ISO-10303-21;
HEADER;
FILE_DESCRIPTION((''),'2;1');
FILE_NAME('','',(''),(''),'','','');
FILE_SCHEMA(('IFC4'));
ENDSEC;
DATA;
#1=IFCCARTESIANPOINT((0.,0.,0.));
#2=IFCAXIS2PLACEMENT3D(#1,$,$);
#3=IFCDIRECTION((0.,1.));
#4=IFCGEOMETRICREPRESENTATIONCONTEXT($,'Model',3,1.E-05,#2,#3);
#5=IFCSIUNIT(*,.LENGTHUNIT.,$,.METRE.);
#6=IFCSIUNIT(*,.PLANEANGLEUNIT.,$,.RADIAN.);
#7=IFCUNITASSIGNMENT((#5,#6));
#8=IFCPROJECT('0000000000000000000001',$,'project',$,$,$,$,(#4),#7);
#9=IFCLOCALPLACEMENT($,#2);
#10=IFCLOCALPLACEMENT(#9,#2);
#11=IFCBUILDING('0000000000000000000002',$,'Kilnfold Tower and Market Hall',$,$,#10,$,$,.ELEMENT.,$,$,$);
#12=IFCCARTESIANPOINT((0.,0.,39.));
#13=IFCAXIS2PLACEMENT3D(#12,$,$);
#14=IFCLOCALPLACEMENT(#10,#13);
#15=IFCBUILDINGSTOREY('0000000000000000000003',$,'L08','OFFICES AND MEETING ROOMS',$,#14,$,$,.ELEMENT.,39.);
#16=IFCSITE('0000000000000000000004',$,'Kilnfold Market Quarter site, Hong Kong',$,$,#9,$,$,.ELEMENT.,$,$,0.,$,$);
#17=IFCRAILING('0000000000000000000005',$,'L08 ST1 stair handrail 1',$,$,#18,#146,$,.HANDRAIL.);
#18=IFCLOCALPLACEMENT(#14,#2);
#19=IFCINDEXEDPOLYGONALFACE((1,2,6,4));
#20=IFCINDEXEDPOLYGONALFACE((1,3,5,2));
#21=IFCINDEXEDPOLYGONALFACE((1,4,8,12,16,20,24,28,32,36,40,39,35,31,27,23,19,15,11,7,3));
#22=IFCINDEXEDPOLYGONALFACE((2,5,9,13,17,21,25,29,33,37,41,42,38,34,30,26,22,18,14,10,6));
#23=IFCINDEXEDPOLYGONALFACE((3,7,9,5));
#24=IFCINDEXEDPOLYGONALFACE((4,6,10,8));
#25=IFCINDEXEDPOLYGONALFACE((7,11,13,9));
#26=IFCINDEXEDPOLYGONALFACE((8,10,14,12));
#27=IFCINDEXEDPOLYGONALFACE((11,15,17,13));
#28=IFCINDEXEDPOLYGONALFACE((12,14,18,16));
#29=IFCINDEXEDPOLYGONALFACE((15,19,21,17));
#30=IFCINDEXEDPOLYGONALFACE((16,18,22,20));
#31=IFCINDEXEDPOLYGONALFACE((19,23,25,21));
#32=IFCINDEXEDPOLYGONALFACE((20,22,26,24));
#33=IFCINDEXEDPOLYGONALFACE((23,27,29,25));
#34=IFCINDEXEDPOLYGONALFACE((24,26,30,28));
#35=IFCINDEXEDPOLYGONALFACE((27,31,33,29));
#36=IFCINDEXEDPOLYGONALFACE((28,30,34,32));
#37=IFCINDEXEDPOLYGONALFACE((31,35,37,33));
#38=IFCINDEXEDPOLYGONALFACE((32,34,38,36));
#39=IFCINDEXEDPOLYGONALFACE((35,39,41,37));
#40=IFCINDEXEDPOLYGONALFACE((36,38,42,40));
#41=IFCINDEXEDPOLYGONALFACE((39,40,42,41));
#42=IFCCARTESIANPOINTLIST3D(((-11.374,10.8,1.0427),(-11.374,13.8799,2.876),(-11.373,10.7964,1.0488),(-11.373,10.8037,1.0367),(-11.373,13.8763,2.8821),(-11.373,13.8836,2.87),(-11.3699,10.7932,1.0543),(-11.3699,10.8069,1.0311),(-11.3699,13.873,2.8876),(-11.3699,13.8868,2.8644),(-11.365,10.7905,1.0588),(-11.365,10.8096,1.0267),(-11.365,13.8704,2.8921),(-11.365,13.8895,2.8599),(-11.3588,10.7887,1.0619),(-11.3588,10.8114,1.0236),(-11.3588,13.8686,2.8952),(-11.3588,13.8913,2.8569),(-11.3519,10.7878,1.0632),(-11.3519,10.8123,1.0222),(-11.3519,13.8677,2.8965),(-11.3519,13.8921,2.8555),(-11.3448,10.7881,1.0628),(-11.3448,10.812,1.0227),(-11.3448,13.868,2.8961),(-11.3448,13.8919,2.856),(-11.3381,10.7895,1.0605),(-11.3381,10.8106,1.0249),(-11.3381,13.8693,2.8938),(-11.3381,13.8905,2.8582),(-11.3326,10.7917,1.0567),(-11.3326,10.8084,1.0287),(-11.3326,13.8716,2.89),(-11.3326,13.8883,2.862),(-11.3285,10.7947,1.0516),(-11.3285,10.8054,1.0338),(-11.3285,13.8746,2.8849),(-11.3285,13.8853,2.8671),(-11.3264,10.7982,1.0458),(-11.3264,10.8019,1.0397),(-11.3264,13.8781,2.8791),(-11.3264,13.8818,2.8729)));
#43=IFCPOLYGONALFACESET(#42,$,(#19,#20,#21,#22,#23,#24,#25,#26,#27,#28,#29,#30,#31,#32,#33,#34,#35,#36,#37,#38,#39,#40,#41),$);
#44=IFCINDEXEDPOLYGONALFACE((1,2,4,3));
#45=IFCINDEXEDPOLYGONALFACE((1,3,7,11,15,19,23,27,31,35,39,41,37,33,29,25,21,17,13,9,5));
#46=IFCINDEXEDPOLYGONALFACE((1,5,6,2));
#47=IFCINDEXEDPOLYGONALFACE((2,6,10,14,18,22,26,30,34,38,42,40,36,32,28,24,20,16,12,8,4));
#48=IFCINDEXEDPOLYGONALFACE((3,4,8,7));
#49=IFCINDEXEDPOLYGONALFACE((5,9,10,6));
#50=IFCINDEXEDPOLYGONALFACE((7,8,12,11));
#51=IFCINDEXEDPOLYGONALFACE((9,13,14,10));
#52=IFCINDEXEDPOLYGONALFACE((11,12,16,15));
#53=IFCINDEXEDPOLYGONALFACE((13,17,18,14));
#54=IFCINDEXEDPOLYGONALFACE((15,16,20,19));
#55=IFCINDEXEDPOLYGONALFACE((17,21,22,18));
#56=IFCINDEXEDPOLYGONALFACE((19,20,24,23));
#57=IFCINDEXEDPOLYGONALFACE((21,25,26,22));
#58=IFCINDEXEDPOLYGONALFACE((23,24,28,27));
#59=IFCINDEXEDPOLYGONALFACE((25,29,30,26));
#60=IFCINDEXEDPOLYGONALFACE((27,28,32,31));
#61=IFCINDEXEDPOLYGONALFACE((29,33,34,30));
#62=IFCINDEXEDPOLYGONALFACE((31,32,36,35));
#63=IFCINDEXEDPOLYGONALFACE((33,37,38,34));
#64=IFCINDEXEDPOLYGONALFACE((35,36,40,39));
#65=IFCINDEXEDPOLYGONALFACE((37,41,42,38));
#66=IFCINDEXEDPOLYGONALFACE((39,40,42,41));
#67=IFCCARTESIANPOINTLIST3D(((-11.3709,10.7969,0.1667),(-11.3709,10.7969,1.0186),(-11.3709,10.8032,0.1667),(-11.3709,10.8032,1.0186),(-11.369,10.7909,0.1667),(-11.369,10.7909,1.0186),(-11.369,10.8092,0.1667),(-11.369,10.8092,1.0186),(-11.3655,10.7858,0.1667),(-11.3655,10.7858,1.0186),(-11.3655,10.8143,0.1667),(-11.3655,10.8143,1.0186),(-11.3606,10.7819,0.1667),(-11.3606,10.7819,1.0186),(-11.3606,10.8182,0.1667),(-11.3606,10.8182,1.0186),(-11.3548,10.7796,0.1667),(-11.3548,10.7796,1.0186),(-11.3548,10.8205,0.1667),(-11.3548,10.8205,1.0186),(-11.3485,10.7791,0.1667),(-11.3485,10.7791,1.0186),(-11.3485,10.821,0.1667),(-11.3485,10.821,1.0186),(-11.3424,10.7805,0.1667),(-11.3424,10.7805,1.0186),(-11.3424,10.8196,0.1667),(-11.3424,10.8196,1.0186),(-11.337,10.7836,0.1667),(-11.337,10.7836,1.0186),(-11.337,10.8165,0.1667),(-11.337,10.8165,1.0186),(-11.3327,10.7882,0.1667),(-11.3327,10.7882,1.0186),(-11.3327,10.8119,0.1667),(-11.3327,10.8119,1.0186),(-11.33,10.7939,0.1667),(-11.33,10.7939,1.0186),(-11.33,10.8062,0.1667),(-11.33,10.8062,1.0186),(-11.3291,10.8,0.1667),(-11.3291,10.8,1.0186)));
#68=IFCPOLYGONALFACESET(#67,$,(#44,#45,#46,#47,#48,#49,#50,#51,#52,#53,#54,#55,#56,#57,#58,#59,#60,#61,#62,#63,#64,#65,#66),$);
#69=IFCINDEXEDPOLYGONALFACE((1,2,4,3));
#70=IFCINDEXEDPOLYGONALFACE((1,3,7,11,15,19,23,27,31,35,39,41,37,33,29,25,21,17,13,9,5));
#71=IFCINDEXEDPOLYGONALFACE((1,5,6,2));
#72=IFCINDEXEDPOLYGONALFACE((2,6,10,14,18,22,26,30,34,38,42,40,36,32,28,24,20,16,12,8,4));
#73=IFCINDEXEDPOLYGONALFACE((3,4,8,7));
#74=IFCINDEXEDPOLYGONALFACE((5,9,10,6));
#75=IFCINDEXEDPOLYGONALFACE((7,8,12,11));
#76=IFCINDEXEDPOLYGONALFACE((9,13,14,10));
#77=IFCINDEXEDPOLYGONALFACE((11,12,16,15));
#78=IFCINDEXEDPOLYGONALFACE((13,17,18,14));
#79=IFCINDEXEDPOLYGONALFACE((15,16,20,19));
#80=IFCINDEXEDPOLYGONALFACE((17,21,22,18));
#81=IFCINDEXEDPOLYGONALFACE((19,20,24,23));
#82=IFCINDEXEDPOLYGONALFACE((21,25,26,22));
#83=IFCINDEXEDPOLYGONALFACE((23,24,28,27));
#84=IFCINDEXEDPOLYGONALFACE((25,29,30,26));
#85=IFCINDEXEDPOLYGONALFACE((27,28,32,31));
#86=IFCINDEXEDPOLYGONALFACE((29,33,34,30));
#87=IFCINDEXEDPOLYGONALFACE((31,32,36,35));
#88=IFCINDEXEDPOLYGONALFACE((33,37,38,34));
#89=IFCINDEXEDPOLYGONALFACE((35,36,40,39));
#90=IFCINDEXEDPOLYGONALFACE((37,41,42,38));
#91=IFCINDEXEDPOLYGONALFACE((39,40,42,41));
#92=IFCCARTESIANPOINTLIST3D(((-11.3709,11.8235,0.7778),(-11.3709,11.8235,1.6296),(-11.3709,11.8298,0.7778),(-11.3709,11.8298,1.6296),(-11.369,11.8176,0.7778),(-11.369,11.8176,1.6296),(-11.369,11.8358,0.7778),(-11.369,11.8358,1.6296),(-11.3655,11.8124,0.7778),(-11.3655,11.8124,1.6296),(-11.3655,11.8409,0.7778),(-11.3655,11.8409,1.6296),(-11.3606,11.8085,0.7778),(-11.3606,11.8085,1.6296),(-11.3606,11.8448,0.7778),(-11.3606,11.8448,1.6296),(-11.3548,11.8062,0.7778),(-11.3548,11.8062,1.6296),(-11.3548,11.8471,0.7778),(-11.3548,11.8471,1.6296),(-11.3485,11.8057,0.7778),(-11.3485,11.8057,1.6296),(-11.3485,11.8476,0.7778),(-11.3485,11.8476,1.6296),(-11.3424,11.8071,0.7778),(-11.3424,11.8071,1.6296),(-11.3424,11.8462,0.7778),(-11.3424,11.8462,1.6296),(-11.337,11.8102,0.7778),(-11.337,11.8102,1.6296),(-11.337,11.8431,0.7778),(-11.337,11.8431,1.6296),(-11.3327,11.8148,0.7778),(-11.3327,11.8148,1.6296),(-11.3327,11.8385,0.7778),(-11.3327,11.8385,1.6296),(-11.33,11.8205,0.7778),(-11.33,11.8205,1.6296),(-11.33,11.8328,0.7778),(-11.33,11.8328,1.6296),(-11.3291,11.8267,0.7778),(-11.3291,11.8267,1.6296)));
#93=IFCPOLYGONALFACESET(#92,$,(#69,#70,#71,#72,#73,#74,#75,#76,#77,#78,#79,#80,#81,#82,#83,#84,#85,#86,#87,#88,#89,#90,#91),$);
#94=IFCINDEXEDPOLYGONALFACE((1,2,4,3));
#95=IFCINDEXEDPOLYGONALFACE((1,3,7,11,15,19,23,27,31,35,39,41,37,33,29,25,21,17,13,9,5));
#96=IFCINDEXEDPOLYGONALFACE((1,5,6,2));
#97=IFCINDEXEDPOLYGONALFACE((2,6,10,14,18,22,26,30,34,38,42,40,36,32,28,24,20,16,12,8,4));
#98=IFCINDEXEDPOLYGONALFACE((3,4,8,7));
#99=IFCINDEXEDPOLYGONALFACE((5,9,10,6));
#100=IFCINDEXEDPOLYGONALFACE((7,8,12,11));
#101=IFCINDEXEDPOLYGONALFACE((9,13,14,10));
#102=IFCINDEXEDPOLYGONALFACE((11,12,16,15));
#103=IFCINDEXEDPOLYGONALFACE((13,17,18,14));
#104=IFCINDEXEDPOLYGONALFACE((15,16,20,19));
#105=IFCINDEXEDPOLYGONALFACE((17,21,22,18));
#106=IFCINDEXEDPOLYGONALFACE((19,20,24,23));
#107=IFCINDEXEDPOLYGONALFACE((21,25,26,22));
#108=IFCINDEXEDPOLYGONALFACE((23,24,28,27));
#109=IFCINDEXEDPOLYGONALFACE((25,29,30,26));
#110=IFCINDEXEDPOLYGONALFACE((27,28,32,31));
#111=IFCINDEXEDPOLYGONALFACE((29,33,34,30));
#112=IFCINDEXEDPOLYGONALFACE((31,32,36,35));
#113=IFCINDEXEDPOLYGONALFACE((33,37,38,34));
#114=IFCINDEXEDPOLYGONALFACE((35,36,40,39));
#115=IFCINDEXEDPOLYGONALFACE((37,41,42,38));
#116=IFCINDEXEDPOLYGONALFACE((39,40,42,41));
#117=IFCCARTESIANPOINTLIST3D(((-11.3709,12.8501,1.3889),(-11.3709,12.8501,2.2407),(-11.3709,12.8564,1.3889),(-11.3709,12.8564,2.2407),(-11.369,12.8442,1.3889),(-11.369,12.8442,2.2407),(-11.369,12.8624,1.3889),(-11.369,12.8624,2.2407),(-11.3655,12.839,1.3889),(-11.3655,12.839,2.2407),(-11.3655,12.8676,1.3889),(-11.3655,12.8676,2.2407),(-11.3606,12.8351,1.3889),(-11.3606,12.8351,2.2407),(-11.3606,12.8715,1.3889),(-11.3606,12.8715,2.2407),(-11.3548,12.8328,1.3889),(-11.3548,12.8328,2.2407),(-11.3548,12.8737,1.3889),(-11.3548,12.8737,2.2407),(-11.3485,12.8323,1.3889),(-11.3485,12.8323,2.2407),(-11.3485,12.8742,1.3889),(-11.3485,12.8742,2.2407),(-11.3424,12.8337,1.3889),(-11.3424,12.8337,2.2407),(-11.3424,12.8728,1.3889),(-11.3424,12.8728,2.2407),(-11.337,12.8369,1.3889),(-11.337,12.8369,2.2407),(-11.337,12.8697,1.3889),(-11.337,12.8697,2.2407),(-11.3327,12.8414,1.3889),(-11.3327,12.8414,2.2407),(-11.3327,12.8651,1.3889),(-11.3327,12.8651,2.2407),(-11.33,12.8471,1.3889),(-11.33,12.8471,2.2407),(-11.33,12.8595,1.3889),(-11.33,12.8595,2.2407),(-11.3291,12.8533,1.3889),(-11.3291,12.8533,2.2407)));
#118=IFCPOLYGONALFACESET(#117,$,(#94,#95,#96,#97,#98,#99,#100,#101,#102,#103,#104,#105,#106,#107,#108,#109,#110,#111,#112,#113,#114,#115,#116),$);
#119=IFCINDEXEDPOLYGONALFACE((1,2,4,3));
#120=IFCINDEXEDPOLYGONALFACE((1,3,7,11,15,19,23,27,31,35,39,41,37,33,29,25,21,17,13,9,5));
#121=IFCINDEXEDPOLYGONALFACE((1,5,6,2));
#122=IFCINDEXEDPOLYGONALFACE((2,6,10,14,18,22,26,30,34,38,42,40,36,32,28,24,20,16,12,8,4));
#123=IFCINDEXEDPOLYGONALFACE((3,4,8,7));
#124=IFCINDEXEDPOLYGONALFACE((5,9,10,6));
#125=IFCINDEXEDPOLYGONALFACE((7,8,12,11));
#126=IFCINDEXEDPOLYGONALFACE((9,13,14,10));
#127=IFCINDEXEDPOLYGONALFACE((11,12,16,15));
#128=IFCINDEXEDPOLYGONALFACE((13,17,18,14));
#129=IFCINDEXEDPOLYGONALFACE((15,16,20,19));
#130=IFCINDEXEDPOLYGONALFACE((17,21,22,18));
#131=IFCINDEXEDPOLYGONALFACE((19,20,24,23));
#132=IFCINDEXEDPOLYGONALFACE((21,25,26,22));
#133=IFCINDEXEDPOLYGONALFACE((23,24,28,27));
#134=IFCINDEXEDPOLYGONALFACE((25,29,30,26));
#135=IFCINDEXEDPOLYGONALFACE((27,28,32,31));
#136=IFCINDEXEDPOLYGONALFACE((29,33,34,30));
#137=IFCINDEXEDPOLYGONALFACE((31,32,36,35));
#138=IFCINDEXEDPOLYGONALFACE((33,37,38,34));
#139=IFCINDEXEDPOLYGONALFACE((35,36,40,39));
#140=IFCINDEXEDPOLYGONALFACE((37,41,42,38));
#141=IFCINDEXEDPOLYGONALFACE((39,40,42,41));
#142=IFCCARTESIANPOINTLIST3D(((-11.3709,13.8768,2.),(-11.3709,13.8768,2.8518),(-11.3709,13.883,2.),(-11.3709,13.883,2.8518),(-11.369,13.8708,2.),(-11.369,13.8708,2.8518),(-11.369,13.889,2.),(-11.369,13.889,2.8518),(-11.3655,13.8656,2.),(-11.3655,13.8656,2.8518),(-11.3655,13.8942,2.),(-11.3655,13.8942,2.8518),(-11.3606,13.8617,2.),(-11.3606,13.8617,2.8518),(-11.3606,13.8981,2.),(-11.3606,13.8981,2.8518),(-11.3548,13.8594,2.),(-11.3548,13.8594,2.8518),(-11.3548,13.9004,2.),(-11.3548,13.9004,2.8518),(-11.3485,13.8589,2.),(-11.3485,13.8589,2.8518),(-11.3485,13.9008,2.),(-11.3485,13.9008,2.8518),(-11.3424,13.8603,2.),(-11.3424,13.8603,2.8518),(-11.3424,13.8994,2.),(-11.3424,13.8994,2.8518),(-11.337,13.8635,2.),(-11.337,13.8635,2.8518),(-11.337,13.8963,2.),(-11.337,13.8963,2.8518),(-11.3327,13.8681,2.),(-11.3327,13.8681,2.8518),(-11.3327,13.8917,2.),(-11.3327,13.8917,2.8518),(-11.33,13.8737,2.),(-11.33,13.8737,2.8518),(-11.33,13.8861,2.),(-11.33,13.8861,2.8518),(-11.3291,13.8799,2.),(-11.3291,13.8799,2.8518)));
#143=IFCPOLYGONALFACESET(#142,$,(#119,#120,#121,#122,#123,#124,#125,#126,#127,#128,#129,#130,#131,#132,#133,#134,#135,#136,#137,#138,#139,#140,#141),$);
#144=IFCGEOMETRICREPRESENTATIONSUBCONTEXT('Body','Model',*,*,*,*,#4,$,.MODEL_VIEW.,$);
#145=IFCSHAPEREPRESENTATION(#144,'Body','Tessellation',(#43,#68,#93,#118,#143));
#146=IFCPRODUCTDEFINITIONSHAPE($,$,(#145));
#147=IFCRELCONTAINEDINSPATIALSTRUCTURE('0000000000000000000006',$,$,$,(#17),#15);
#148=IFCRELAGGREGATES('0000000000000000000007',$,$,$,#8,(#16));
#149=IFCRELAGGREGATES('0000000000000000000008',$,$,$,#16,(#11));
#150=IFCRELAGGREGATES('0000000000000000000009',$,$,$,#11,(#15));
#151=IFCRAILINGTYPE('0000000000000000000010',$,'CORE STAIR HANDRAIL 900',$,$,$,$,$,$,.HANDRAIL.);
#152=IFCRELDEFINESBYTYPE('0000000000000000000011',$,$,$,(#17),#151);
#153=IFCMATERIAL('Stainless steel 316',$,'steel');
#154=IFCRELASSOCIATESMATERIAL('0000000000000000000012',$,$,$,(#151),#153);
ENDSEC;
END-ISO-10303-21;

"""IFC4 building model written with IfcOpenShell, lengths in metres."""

from ifc_helpers import new_model, si_unit, direction, frame, origin, origin_2d, place, context, subcontext, project, spatial, circle, extrude, material, type_object, element, save


model = new_model("IFC4")

# Units and contexts
model_context = context("Model", 3, precision=1e-05, world=origin(), true_north=direction((0.0, 1.0)))
body_context = subcontext(model_context, "Body", "Model", "MODEL_VIEW")
ifc_project = project(units=[si_unit("LENGTHUNIT", "METRE"), si_unit("PLANEANGLEUNIT", "RADIAN")], contexts=[model_context])

# Site, building, storey
site_placement = place(None, origin())
site = spatial("IfcSite", under=ifc_project, at=site_placement, Name="Kilnfold Market Quarter site, Hong Kong", CompositionType="ELEMENT", RefElevation=0.0)
building_placement = place(site_placement, origin())
building = spatial("IfcBuilding", under=site, at=building_placement, Name="Kilnfold Tower and Market Hall", CompositionType="ELEMENT")
storey_placement = place(building_placement, frame((0.0, 0.0, 39.0)))
storey = spatial("IfcBuildingStorey", under=building, at=storey_placement, Name="L08", Description="OFFICES AND MEETING ROOMS", CompositionType="ELEMENT", Elevation=39.0)

# Railing
ifc_material_1 = material(Name="Stainless steel 316", Category="steel")
railing_type_1 = type_object("IfcRailingType", Name="CORE STAIR HANDRAIL 900", PredefinedType="HANDRAIL", material=ifc_material_1)
railing_1_placement = place(storey_placement, frame((-11.3501, 10.8, 0.1667)))
element("IfcRailing", 1, at=railing_1_placement, inside=storey, type_object=railing_type_1, Name="L08 ST1 stair handrail 1", PredefinedType="HANDRAIL", context=body_context, shape_type="SweptSolid", body=[
    extrude(circle(Radius=0.0239, at=origin_2d()), frame((0.0, 0.0, 0.876), z_axis=(0.0, 0.859291, 0.511487), x_axis=(-1.0, 0.0, 0.0)), (0.0, 0.0, 1.0), 3.5842),
    extrude(circle(Radius=0.021, at=origin_2d()), origin(), (0.0, 0.0, 1.0), 0.8518),
    extrude(circle(Radius=0.021, at=origin_2d()), frame((0.0, 1.0266, 0.6111)), (0.0, 0.0, 1.0), 0.8518),
    extrude(circle(Radius=0.021, at=origin_2d()), frame((0.0, 2.0532, 1.2222)), (0.0, 0.0, 1.0), 0.8518),
    extrude(circle(Radius=0.021, at=origin_2d()), frame((0.0, 3.0798, 1.8333)), (0.0, 0.0, 1.0), 0.8518),
])

save(model, "model.ifc")
